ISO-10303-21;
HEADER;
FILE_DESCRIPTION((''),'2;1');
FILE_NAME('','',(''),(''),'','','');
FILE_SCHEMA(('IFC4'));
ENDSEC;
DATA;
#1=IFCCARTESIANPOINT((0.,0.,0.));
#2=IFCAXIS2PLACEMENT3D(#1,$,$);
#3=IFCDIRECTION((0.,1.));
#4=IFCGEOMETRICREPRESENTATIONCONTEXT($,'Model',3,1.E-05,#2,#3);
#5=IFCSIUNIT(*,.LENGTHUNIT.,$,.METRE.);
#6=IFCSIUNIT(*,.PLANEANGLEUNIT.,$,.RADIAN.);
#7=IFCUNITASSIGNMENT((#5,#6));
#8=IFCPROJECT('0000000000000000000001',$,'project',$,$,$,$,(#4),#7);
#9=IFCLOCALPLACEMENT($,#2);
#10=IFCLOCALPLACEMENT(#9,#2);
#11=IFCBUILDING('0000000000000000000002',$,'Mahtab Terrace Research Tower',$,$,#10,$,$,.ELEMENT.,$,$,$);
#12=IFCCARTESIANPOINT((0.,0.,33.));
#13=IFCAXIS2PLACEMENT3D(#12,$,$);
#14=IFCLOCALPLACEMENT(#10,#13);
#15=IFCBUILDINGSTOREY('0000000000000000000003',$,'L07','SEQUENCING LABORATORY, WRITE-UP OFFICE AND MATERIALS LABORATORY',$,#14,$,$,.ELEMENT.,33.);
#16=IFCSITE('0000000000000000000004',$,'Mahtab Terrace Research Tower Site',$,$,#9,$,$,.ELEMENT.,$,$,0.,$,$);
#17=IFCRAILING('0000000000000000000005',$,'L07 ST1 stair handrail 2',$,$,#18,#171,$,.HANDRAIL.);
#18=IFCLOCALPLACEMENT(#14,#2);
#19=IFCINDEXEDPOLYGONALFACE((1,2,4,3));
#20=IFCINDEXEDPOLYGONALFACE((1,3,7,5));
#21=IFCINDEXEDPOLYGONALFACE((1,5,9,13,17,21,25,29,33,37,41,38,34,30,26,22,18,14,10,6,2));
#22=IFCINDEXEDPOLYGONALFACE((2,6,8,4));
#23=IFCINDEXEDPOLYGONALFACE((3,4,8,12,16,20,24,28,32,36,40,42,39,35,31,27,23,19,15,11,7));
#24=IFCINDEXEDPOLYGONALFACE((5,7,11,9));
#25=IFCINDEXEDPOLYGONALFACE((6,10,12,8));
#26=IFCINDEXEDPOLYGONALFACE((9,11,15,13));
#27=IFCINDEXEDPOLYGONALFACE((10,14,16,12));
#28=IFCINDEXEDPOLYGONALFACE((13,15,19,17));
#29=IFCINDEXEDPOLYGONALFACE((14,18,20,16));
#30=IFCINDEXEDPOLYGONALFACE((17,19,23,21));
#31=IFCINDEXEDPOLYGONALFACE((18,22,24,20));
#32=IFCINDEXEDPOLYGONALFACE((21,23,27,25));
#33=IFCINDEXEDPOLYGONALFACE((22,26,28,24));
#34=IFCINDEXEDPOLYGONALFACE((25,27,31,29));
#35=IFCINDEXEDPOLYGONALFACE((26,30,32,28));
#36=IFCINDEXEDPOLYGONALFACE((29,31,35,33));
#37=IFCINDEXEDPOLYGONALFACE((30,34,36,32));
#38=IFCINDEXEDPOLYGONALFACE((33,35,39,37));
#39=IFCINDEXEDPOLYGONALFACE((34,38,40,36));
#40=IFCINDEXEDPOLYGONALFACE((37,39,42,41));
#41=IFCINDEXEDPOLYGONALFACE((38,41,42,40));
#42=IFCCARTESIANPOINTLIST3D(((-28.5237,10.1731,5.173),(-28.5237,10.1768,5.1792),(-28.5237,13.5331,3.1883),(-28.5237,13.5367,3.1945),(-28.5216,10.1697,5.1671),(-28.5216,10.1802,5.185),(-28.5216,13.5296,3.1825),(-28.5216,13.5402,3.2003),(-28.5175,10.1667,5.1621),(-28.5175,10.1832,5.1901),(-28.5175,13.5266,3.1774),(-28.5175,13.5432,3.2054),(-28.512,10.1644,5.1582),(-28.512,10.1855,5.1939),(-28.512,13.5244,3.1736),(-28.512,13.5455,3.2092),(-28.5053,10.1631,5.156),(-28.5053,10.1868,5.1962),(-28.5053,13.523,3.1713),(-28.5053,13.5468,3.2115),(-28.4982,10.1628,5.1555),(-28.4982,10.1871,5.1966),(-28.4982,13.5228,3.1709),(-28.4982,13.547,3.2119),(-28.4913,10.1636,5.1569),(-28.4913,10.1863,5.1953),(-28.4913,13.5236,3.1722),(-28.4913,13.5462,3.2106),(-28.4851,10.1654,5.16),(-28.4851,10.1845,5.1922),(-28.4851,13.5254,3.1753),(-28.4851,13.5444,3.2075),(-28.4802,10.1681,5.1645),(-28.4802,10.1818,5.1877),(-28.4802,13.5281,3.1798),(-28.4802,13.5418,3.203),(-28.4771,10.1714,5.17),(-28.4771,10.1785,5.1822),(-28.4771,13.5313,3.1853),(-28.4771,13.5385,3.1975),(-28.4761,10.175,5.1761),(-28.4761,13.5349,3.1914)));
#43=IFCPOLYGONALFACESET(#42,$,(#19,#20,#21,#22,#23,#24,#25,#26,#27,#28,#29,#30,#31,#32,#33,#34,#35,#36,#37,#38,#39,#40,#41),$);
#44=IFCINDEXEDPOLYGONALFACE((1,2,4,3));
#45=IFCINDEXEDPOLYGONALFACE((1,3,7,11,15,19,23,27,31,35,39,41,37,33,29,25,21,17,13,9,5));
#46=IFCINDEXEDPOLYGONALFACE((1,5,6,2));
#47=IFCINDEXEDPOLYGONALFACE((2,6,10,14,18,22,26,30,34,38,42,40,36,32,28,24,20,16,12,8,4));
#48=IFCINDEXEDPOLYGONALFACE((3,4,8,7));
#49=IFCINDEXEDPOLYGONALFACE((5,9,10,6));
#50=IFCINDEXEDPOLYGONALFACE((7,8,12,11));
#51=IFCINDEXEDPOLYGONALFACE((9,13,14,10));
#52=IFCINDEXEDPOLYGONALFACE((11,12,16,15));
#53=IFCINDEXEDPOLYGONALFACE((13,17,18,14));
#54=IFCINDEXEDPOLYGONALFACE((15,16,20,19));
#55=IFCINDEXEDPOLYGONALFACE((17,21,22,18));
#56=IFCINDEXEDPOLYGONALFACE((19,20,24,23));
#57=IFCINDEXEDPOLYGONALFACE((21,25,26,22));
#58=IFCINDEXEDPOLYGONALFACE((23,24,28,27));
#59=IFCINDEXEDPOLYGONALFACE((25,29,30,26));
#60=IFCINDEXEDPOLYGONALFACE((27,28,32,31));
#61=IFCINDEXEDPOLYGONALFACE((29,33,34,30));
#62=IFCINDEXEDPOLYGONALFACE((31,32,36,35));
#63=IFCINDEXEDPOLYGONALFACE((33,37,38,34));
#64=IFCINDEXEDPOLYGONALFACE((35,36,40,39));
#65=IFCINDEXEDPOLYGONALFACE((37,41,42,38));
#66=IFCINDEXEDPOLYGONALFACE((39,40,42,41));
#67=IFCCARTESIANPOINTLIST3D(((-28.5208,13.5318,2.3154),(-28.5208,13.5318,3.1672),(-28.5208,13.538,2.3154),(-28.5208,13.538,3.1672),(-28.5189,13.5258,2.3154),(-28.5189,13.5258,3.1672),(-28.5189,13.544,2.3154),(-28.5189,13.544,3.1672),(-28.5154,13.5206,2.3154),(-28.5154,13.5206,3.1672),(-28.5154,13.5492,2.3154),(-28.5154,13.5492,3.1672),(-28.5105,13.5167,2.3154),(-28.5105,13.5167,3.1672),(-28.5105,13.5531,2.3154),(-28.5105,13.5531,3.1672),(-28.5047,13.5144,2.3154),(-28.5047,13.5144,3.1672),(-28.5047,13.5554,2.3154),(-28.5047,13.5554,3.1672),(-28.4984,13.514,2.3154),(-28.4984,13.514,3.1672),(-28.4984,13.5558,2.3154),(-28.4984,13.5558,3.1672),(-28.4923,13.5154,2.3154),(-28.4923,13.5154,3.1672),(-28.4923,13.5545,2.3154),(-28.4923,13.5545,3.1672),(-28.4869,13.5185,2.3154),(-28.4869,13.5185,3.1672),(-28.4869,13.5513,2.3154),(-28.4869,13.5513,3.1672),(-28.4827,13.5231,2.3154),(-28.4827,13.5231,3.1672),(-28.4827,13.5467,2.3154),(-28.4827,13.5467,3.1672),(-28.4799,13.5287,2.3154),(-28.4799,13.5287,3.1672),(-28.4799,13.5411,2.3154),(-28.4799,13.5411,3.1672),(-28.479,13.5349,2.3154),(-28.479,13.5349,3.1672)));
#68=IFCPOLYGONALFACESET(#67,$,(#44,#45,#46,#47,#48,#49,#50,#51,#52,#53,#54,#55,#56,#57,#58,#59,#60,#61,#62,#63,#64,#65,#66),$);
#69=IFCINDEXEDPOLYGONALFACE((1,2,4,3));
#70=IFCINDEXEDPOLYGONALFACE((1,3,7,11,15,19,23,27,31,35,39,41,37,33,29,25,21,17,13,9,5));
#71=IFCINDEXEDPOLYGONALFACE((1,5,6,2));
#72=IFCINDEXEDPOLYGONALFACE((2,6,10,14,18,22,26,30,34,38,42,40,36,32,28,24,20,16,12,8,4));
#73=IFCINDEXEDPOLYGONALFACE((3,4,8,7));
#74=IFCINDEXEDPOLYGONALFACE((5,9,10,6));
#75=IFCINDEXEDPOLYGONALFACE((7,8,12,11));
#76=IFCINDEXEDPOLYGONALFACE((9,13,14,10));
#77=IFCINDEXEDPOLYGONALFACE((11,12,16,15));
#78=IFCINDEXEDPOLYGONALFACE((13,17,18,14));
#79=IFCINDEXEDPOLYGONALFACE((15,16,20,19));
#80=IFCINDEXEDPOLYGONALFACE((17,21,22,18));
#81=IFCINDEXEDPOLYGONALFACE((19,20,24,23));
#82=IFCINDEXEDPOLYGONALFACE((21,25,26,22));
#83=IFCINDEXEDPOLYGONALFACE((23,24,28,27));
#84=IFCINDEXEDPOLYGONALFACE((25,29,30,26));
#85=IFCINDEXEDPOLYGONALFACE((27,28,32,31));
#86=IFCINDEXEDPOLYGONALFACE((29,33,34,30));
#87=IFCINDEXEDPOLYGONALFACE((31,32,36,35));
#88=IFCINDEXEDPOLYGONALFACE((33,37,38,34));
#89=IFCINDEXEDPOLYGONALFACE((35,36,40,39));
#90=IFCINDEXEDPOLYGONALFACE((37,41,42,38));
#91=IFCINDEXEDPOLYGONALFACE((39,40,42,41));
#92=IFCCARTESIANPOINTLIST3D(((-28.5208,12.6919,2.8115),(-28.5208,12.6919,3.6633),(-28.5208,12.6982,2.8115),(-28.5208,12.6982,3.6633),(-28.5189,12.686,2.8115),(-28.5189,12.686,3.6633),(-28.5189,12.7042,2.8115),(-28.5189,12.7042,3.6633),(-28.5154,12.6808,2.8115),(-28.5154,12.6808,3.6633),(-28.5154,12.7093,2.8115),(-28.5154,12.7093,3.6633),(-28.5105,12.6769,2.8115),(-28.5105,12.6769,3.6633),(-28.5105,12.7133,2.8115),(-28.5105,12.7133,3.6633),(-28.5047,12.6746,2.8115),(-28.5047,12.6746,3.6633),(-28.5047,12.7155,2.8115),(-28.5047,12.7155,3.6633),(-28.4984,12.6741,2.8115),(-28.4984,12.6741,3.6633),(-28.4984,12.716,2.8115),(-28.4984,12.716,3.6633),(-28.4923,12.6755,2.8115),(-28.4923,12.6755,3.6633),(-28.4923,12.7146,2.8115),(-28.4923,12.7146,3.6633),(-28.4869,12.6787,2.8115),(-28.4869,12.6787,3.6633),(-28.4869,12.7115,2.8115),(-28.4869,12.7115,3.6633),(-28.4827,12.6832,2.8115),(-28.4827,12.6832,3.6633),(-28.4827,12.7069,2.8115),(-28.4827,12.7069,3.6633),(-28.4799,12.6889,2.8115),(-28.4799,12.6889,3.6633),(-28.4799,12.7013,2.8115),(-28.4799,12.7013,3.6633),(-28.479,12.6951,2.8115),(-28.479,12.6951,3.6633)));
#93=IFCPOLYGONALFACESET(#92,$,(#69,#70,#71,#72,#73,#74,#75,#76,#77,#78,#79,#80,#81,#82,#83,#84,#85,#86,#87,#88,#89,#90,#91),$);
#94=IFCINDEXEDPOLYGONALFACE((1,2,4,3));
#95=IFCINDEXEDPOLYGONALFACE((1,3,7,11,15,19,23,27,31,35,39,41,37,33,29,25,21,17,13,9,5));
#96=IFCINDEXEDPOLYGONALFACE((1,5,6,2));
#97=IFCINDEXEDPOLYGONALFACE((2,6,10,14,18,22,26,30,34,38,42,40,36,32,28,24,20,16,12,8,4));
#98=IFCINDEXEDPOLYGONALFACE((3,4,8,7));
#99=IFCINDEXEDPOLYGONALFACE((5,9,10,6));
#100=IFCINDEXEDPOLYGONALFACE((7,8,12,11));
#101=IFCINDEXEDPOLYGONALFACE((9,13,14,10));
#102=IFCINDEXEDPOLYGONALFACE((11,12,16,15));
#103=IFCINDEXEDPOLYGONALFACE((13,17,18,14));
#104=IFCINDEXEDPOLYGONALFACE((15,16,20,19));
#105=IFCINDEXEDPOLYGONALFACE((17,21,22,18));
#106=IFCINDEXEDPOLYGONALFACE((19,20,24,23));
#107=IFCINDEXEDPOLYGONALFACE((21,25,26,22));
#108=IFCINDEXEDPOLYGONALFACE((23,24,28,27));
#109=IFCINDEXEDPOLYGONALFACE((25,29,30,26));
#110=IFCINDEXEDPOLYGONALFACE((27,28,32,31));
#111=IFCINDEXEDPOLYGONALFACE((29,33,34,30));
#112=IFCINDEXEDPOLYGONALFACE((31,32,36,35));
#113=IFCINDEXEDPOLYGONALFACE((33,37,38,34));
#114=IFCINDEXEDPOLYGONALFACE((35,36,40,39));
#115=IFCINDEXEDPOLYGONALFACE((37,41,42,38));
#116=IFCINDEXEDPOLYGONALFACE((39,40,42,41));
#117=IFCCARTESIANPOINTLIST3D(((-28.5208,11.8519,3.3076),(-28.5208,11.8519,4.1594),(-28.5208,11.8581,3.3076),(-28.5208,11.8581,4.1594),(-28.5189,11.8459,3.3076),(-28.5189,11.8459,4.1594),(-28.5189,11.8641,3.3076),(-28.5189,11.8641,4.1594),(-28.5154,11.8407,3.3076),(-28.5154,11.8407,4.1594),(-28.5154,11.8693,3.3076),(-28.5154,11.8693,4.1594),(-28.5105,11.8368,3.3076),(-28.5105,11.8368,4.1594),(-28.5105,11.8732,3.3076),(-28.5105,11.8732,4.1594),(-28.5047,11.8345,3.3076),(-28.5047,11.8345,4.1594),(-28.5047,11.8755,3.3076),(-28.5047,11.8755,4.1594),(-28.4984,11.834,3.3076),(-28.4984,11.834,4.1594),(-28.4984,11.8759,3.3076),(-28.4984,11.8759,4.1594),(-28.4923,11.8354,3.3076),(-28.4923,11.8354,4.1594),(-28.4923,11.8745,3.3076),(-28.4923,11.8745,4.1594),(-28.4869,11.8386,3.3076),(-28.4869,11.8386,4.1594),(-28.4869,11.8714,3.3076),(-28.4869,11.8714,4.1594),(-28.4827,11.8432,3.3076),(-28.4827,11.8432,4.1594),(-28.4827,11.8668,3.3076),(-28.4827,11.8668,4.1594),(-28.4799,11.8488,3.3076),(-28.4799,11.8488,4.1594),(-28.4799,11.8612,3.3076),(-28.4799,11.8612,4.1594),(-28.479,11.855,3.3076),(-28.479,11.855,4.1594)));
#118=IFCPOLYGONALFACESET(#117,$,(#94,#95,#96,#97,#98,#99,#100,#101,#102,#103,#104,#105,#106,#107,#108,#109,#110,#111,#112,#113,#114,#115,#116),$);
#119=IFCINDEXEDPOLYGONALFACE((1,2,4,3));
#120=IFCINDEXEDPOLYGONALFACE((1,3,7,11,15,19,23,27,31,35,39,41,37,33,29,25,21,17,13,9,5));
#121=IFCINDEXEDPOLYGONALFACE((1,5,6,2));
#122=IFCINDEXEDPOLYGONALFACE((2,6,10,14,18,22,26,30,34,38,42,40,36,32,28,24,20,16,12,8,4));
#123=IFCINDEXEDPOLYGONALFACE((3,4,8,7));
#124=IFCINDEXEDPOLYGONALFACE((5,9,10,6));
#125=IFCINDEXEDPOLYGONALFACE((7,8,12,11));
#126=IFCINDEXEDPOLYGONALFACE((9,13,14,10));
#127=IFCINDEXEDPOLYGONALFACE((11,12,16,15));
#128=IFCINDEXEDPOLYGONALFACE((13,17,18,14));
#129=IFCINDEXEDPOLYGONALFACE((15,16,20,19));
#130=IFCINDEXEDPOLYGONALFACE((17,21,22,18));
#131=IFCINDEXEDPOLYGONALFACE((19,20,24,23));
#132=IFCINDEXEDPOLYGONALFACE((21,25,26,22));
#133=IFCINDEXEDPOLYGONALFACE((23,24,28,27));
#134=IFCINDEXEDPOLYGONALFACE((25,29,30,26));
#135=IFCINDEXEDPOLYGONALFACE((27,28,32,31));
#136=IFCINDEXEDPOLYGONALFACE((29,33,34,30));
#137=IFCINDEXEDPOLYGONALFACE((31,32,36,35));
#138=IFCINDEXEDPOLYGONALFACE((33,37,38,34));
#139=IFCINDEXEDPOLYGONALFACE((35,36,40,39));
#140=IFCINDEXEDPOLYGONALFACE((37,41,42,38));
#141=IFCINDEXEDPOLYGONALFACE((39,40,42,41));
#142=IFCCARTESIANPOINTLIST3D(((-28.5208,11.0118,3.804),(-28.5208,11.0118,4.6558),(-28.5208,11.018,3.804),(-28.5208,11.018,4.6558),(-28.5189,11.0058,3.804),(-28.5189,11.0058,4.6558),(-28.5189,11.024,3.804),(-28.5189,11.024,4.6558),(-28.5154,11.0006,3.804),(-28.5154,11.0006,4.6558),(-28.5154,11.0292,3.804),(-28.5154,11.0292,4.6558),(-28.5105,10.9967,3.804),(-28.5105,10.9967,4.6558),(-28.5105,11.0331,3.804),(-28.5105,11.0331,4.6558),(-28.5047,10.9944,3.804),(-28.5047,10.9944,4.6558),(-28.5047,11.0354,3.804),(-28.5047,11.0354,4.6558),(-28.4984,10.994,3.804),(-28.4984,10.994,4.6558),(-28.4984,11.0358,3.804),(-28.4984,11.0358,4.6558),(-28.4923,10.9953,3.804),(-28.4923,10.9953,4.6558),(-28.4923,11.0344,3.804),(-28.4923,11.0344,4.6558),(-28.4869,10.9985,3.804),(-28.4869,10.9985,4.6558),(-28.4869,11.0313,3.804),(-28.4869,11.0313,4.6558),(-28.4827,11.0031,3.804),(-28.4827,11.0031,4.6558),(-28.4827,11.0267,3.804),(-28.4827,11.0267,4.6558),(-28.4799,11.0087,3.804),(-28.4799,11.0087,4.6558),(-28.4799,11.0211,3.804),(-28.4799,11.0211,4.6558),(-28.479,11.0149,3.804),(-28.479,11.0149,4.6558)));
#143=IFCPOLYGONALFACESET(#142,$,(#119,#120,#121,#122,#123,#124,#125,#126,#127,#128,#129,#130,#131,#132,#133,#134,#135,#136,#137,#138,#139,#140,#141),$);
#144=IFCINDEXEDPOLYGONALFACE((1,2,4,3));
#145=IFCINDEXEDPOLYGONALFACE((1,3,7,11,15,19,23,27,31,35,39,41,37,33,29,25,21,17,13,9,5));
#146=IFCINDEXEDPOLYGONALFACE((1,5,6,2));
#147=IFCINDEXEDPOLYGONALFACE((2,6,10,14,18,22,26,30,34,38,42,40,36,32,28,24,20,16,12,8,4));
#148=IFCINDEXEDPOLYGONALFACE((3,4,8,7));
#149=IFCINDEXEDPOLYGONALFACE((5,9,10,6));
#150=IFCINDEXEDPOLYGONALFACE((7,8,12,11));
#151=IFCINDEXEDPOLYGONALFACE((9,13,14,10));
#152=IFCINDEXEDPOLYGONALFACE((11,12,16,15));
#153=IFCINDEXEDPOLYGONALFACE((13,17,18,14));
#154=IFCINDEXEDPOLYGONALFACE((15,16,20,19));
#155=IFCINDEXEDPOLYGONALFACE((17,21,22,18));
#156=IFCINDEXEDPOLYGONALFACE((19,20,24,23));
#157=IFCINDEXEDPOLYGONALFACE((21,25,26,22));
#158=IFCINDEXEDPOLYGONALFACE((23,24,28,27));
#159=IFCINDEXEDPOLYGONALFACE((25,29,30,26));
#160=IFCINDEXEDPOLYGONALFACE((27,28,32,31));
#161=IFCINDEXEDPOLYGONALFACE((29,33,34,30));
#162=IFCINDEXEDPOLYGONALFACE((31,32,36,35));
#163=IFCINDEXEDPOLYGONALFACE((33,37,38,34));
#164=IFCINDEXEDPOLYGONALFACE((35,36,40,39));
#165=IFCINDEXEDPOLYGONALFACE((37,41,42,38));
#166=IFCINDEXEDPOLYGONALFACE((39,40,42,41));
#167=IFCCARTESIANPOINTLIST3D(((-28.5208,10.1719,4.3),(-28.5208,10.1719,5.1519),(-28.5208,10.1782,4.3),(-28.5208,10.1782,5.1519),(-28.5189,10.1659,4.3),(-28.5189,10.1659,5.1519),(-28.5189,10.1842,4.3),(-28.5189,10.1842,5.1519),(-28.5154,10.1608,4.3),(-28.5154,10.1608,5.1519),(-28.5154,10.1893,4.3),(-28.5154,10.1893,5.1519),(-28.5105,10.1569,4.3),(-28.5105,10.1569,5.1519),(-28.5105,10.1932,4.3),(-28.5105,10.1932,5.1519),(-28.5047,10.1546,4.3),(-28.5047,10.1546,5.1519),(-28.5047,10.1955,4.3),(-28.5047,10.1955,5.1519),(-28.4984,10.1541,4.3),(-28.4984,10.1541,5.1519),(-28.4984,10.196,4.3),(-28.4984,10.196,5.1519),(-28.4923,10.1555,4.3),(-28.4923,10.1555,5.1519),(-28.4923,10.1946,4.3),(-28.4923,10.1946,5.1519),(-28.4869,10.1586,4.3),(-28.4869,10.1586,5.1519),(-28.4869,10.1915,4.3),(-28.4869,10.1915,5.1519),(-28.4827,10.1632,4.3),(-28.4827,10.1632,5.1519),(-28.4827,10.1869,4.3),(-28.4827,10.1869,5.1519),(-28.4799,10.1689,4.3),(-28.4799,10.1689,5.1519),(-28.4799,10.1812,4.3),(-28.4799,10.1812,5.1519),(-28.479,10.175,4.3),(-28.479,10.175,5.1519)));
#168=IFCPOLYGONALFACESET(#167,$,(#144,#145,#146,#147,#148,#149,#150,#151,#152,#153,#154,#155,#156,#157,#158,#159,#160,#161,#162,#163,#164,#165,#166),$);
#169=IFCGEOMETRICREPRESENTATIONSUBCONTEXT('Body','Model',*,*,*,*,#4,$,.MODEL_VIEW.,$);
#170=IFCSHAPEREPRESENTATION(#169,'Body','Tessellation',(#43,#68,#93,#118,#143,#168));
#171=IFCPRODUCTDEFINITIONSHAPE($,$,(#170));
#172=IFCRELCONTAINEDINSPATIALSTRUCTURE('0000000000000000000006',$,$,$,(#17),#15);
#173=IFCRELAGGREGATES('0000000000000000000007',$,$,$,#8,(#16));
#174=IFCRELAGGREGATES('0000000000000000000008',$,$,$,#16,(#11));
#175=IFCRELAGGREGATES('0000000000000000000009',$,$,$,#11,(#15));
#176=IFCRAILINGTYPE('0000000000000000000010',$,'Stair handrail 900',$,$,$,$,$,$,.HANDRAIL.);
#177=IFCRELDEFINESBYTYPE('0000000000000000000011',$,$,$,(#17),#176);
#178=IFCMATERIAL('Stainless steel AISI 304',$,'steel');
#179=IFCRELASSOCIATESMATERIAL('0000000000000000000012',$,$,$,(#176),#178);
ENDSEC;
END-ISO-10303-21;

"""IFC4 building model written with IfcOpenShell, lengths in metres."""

from ifc_helpers import new_model, si_unit, direction, frame, origin, origin_2d, place, context, subcontext, project, spatial, circle, extrude, material, type_object, element, save


model = new_model("IFC4")

# Units and contexts
model_context = context("Model", 3, precision=1e-05, world=origin(), true_north=direction((0.0, 1.0)))
body_context = subcontext(model_context, "Body", "Model", "MODEL_VIEW")
ifc_project = project(units=[si_unit("LENGTHUNIT", "METRE"), si_unit("PLANEANGLEUNIT", "RADIAN")], contexts=[model_context])

# Site, building, storey
site_placement = place(None, origin())
site = spatial("IfcSite", under=ifc_project, at=site_placement, Name="Mahtab Terrace Research Tower Site", CompositionType="ELEMENT", RefElevation=0.0)
building_placement = place(site_placement, origin())
building = spatial("IfcBuilding", under=site, at=building_placement, Name="Mahtab Terrace Research Tower", CompositionType="ELEMENT")
storey_placement = place(building_placement, frame((0.0, 0.0, 33.0)))
storey = spatial("IfcBuildingStorey", under=building, at=storey_placement, Name="L07", Description="SEQUENCING LABORATORY, WRITE-UP OFFICE AND MATERIALS LABORATORY", CompositionType="ELEMENT", Elevation=33.0)

# Railing
ifc_material_1 = material(Name="Stainless steel AISI 304", Category="steel")
railing_type_1 = type_object("IfcRailingType", Name="Stair handrail 900", PredefinedType="HANDRAIL", material=ifc_material_1)
railing_1_placement = place(storey_placement, frame((-28.5, 13.5349, 2.3154)))
element("IfcRailing", 1, at=railing_1_placement, inside=storey, type_object=railing_type_1, Name="L07 ST1 stair handrail 2", PredefinedType="HANDRAIL", context=body_context, shape_type="SweptSolid", body=[
    extrude(circle(Radius=0.0239, at=origin_2d()), frame((0.0, 0.0, 0.876), z_axis=(0.0, -0.861011, 0.508586), x_axis=(1.0, 0.0, 0.0)), (0.0, 0.0, 1.0), 3.9023),
    extrude(circle(Radius=0.021, at=origin_2d()), origin(), (0.0, 0.0, 1.0), 0.8518),
    extrude(circle(Radius=0.021, at=origin_2d()), frame((0.0, -0.8398, 0.4961)), (0.0, 0.0, 1.0), 0.8518),
    extrude(circle(Radius=0.021, at=origin_2d()), frame((0.0, -1.6799, 0.9922)), (0.0, 0.0, 1.0), 0.8518),
    extrude(circle(Radius=0.021, at=origin_2d()), frame((0.0, -2.52, 1.4885)), (0.0, 0.0, 1.0), 0.8518),
    extrude(circle(Radius=0.021, at=origin_2d()), frame((0.0, -3.3599, 1.9846)), (0.0, 0.0, 1.0), 0.8518),
])

save(model, "model.ifc")
